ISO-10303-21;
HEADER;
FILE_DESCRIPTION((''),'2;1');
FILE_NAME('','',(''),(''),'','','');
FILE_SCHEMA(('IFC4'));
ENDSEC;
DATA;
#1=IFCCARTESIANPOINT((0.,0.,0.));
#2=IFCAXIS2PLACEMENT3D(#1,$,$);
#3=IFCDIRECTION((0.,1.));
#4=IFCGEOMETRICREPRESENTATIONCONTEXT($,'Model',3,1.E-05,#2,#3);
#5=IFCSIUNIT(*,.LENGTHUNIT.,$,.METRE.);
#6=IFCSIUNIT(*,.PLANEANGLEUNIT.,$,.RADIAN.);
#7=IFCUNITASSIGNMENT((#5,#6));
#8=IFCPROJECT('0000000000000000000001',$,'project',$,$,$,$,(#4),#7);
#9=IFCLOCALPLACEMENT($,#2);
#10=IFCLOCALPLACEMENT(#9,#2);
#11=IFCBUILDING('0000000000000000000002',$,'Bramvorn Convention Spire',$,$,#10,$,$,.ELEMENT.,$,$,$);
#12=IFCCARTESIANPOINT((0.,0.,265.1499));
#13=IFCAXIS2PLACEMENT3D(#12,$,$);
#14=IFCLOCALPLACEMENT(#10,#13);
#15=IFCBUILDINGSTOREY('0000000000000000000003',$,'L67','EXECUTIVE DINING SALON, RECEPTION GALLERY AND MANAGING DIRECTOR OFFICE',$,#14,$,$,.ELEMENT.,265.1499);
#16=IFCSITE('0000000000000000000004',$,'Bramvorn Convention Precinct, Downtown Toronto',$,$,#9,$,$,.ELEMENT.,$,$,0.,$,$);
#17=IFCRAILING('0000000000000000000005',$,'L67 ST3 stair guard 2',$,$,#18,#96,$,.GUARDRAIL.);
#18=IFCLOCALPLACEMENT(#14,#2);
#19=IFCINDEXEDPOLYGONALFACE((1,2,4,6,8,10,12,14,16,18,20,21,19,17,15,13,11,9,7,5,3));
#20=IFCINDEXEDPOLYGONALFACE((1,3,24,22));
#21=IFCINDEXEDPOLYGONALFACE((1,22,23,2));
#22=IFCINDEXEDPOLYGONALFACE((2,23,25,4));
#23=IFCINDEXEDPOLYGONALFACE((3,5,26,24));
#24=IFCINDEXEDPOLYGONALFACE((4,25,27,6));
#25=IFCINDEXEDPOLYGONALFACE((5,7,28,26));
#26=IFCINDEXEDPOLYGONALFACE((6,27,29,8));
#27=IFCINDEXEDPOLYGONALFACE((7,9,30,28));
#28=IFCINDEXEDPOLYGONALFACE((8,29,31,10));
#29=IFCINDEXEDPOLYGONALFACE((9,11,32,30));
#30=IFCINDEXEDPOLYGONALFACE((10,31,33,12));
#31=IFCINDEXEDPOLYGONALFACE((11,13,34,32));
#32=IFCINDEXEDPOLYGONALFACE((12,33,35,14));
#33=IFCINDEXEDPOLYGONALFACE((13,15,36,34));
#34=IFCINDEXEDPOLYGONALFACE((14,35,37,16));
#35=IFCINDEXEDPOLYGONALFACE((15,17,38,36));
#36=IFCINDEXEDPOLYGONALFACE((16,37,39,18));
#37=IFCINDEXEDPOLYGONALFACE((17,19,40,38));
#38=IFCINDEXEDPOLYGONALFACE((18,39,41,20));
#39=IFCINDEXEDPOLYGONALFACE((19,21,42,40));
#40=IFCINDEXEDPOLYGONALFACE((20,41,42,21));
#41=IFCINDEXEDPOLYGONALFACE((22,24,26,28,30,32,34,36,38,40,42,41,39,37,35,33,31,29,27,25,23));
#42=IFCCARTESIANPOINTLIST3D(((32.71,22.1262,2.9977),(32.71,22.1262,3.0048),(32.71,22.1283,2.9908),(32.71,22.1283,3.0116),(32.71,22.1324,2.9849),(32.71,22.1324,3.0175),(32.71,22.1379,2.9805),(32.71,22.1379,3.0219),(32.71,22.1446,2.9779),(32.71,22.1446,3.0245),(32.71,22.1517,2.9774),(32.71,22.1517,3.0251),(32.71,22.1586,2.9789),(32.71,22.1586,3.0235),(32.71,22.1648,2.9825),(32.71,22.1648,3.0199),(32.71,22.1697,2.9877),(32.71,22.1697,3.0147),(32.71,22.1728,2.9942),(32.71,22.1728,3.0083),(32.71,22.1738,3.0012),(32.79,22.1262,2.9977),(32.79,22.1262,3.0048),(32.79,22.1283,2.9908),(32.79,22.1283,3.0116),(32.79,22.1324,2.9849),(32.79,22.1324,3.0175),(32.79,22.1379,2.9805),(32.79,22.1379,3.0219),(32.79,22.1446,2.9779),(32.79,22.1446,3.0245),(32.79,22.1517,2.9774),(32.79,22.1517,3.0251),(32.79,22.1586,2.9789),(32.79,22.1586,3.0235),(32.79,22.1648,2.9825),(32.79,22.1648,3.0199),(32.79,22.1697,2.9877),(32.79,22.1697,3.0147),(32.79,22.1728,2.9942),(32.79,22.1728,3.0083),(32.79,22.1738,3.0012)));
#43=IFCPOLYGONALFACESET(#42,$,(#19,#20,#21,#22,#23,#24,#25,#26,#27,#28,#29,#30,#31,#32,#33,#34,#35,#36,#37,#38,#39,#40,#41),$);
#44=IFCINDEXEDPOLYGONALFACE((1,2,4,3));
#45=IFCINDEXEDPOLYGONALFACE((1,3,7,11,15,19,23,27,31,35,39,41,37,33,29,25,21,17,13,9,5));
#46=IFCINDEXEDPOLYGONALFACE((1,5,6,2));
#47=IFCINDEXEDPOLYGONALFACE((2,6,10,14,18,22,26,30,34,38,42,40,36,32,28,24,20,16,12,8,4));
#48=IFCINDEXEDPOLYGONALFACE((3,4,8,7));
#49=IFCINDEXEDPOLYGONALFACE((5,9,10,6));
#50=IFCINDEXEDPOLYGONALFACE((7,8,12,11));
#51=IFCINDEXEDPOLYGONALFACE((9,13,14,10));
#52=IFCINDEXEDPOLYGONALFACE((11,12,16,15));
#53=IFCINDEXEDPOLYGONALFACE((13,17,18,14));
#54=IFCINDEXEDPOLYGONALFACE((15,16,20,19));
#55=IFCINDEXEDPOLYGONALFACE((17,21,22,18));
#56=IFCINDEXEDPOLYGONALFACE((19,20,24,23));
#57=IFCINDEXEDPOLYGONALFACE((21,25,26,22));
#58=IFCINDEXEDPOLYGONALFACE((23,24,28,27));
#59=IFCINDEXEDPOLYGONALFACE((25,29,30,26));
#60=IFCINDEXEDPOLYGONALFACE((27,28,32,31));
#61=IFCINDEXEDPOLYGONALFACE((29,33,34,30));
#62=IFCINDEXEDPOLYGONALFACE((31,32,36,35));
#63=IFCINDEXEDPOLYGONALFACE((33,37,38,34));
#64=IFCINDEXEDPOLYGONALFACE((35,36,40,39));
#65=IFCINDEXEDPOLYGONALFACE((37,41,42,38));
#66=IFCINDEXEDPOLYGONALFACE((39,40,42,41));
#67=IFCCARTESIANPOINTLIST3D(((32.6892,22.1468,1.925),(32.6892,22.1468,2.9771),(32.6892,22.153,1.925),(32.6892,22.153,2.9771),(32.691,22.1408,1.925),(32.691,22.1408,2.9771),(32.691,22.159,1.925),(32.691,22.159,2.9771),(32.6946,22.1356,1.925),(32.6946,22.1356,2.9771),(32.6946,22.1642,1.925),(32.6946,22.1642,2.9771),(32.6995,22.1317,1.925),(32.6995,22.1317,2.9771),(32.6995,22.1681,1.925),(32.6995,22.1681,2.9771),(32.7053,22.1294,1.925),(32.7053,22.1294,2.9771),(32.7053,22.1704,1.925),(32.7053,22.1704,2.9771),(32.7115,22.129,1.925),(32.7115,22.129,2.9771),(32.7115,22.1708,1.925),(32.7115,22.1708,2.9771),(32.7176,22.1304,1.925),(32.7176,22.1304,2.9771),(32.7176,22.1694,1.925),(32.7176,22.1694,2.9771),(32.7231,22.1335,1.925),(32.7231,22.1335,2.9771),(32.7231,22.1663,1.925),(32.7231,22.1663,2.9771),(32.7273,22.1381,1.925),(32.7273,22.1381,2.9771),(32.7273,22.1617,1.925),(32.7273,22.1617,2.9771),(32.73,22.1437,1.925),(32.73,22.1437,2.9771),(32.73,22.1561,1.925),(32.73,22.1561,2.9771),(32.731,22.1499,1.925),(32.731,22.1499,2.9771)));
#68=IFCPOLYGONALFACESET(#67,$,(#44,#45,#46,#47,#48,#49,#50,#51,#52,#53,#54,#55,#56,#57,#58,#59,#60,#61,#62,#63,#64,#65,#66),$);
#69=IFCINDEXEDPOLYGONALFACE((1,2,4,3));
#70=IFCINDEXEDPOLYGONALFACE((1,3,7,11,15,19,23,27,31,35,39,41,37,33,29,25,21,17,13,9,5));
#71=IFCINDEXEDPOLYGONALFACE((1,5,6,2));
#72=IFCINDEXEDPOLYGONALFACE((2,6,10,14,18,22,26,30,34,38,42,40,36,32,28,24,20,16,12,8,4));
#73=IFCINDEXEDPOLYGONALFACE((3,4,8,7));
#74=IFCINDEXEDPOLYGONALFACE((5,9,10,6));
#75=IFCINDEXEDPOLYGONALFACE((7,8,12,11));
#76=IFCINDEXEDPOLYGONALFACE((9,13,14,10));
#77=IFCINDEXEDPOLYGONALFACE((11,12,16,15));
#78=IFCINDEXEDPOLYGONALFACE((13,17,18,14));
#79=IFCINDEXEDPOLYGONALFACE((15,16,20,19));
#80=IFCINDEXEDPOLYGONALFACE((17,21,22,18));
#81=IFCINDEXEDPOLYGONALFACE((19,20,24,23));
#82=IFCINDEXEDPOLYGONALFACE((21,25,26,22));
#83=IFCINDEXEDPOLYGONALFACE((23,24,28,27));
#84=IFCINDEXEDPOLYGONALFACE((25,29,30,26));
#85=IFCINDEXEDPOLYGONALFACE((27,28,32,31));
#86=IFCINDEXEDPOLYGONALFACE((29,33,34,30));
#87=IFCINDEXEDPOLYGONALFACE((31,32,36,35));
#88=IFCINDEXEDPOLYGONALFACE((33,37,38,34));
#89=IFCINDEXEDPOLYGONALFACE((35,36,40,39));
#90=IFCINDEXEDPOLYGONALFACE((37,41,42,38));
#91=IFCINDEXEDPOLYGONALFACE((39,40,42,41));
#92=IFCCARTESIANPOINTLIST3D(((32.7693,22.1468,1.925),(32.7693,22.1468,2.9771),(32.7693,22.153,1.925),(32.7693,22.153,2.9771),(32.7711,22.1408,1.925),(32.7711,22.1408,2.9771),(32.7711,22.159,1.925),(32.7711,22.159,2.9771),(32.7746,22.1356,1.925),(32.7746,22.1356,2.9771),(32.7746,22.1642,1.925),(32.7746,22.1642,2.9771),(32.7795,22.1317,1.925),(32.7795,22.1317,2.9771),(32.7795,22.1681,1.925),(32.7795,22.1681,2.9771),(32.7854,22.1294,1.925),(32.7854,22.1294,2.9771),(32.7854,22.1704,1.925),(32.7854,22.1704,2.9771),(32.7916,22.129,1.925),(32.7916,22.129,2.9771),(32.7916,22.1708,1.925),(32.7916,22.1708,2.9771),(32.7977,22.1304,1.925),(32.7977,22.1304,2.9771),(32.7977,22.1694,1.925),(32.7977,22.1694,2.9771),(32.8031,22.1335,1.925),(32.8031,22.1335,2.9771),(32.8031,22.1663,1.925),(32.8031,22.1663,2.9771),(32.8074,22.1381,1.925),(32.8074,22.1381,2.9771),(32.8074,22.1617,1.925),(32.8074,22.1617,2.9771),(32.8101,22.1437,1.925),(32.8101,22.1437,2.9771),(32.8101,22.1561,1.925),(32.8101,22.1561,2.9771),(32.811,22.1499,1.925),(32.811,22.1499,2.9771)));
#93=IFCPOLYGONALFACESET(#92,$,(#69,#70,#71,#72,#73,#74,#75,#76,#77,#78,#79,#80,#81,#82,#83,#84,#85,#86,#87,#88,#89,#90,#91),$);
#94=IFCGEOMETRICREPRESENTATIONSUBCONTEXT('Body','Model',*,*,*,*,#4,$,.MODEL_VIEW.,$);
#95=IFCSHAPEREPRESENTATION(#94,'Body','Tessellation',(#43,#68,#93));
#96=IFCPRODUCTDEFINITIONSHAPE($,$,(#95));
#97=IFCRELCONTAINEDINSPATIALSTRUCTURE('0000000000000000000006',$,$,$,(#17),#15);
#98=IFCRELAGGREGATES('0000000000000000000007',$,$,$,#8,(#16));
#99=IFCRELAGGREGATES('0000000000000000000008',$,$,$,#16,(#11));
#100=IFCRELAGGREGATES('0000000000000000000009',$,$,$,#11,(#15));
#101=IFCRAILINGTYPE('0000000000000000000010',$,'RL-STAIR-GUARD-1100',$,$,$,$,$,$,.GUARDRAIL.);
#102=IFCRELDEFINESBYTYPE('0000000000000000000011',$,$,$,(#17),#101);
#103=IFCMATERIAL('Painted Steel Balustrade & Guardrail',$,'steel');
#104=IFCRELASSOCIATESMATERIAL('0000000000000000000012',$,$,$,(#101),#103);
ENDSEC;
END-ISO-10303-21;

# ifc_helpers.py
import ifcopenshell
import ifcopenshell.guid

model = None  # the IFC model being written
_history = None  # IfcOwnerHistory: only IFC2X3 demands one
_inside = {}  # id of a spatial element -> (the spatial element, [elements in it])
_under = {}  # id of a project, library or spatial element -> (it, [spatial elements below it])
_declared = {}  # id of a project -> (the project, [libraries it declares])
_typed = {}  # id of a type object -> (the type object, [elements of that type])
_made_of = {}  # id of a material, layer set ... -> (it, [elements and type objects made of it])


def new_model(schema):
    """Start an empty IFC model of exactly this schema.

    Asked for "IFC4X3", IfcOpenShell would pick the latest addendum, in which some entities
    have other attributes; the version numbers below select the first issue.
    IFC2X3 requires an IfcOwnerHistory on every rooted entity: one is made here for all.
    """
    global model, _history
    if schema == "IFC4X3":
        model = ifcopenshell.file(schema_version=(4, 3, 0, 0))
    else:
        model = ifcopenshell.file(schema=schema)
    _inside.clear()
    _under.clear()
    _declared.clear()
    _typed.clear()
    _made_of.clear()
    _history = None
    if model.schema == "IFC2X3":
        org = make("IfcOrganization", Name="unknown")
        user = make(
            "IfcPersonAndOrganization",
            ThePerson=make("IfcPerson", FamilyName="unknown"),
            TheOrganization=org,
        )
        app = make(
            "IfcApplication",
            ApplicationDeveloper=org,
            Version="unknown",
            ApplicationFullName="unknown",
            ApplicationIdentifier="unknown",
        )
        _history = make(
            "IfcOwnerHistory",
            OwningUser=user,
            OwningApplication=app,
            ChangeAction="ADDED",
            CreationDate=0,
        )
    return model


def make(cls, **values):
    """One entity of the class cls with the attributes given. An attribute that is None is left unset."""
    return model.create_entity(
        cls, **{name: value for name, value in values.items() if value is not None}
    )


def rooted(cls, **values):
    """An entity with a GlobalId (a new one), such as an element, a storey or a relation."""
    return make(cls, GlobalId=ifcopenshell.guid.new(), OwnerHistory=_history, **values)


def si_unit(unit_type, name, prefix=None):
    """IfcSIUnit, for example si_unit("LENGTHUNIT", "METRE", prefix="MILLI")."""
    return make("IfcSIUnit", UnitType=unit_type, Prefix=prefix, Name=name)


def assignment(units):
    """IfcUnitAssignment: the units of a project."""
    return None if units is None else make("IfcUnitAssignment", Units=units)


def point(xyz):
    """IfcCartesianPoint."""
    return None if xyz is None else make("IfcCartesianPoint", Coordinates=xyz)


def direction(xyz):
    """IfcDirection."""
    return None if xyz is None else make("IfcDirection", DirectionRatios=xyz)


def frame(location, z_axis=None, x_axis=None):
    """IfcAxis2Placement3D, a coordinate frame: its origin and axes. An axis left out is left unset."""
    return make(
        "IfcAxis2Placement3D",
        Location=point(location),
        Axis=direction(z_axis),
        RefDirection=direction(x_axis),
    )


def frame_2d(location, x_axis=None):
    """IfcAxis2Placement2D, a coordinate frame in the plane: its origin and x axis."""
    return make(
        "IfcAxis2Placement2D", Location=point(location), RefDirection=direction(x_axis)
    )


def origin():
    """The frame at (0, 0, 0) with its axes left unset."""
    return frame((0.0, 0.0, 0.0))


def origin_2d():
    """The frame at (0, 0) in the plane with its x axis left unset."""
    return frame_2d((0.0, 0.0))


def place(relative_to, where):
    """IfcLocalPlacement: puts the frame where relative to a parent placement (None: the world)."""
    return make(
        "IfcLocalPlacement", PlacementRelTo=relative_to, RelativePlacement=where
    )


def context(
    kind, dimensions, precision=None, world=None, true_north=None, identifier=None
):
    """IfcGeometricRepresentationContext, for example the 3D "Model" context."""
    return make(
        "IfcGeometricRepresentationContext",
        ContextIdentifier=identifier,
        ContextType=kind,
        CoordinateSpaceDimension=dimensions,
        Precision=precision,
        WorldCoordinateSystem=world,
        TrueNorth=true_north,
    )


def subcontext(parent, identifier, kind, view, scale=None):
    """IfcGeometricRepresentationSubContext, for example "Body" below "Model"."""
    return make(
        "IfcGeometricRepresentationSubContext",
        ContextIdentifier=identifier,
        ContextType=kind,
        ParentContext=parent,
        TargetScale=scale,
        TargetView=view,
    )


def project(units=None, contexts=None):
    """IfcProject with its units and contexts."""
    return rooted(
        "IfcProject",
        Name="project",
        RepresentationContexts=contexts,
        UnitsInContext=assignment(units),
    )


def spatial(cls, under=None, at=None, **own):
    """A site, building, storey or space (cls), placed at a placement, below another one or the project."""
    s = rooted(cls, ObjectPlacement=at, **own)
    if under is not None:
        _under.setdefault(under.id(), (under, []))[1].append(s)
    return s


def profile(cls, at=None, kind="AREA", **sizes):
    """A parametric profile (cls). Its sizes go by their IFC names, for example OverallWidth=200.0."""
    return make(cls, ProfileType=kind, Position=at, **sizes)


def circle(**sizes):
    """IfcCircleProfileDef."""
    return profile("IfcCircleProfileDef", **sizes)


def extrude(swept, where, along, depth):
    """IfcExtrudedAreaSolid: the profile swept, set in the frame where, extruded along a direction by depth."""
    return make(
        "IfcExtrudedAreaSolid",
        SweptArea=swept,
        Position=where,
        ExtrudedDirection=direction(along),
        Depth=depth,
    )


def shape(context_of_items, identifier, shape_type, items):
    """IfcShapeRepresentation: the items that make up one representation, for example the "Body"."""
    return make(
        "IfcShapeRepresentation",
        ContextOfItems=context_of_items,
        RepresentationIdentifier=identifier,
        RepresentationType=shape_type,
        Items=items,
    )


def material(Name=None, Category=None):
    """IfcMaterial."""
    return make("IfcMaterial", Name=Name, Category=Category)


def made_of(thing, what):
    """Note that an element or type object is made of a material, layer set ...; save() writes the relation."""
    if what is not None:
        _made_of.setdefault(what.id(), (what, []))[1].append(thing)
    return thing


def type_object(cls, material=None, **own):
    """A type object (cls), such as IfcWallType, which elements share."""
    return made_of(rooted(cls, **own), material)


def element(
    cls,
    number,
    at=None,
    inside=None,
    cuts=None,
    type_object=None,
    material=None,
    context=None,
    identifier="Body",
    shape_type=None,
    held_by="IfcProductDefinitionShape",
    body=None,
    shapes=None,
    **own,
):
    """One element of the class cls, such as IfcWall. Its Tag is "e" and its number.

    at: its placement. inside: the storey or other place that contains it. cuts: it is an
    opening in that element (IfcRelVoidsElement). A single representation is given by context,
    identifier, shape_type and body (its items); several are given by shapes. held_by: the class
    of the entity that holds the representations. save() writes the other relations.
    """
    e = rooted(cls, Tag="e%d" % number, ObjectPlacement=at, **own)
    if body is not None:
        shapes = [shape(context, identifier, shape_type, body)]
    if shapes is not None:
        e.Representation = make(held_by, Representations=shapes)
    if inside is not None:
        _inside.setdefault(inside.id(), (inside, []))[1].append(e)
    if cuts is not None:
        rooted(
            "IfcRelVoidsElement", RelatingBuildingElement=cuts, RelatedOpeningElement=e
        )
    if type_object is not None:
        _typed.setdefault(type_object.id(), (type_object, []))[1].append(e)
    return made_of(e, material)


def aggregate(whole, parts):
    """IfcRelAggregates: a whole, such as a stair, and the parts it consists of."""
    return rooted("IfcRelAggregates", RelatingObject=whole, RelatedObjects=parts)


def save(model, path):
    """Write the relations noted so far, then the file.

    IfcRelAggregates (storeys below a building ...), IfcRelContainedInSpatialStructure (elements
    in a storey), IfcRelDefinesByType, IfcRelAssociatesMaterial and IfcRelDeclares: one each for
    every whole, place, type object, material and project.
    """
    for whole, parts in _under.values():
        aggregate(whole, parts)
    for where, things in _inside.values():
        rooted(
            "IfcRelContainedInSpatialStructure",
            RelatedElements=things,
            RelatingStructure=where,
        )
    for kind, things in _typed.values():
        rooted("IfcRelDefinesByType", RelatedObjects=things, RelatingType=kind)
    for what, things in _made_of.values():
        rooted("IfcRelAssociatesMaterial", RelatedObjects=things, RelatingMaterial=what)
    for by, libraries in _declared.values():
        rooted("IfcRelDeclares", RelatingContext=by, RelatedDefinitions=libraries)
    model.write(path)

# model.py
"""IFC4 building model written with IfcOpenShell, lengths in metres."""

from ifc_helpers import new_model, si_unit, direction, frame, origin, origin_2d, place, context, subcontext, project, spatial, circle, extrude, material, type_object, element, save


model = new_model("IFC4")

# Units and contexts
model_context = context("Model", 3, precision=1e-05, world=origin(), true_north=direction((0.0, 1.0)))
body_context = subcontext(model_context, "Body", "Model", "MODEL_VIEW")
ifc_project = project(units=[si_unit("LENGTHUNIT", "METRE"), si_unit("PLANEANGLEUNIT", "RADIAN")], contexts=[model_context])

# Site, building, storey
site_placement = place(None, origin())
site = spatial("IfcSite", under=ifc_project, at=site_placement, Name="Bramvorn Convention Precinct, Downtown Toronto", CompositionType="ELEMENT", RefElevation=0.0)
building_placement = place(site_placement, origin())
building = spatial("IfcBuilding", under=site, at=building_placement, Name="Bramvorn Convention Spire", CompositionType="ELEMENT")
storey_placement = place(building_placement, frame((0.0, 0.0, 265.1499)))
storey = spatial("IfcBuildingStorey", under=building, at=storey_placement, Name="L67", Description="EXECUTIVE DINING SALON, RECEPTION GALLERY AND MANAGING DIRECTOR OFFICE", CompositionType="ELEMENT", Elevation=265.1499)

# Railing
ifc_material_1 = material(Name="Painted Steel Balustrade & Guardrail", Category="steel")
railing_type_1 = type_object("IfcRailingType", Name="RL-STAIR-GUARD-1100", PredefinedType="GUARDRAIL", material=ifc_material_1)
railing_1_placement = place(storey_placement, frame((32.71, 22.1499, 1.925)))
element("IfcRailing", 1, at=railing_1_placement, inside=storey, type_object=railing_type_1, Name="L67 ST3 stair guard 2", PredefinedType="GUARDRAIL", context=body_context, shape_type="SweptSolid", body=[
    extrude(circle(Radius=0.0239, at=origin_2d()), frame((0.0, 0.0, 1.0762), z_axis=(1.0, 0.0, 0.0), x_axis=(0.0, 1.0, 0.0)), (0.0, 0.0, 1.0), 0.0801),
    extrude(circle(Radius=0.021, at=origin_2d()), origin(), (0.0, 0.0, 1.0), 1.052),
    extrude(circle(Radius=0.021, at=origin_2d()), frame((0.0801, 0.0, 0.0)), (0.0, 0.0, 1.0), 1.052),
])

save(model, "model.ifc")
